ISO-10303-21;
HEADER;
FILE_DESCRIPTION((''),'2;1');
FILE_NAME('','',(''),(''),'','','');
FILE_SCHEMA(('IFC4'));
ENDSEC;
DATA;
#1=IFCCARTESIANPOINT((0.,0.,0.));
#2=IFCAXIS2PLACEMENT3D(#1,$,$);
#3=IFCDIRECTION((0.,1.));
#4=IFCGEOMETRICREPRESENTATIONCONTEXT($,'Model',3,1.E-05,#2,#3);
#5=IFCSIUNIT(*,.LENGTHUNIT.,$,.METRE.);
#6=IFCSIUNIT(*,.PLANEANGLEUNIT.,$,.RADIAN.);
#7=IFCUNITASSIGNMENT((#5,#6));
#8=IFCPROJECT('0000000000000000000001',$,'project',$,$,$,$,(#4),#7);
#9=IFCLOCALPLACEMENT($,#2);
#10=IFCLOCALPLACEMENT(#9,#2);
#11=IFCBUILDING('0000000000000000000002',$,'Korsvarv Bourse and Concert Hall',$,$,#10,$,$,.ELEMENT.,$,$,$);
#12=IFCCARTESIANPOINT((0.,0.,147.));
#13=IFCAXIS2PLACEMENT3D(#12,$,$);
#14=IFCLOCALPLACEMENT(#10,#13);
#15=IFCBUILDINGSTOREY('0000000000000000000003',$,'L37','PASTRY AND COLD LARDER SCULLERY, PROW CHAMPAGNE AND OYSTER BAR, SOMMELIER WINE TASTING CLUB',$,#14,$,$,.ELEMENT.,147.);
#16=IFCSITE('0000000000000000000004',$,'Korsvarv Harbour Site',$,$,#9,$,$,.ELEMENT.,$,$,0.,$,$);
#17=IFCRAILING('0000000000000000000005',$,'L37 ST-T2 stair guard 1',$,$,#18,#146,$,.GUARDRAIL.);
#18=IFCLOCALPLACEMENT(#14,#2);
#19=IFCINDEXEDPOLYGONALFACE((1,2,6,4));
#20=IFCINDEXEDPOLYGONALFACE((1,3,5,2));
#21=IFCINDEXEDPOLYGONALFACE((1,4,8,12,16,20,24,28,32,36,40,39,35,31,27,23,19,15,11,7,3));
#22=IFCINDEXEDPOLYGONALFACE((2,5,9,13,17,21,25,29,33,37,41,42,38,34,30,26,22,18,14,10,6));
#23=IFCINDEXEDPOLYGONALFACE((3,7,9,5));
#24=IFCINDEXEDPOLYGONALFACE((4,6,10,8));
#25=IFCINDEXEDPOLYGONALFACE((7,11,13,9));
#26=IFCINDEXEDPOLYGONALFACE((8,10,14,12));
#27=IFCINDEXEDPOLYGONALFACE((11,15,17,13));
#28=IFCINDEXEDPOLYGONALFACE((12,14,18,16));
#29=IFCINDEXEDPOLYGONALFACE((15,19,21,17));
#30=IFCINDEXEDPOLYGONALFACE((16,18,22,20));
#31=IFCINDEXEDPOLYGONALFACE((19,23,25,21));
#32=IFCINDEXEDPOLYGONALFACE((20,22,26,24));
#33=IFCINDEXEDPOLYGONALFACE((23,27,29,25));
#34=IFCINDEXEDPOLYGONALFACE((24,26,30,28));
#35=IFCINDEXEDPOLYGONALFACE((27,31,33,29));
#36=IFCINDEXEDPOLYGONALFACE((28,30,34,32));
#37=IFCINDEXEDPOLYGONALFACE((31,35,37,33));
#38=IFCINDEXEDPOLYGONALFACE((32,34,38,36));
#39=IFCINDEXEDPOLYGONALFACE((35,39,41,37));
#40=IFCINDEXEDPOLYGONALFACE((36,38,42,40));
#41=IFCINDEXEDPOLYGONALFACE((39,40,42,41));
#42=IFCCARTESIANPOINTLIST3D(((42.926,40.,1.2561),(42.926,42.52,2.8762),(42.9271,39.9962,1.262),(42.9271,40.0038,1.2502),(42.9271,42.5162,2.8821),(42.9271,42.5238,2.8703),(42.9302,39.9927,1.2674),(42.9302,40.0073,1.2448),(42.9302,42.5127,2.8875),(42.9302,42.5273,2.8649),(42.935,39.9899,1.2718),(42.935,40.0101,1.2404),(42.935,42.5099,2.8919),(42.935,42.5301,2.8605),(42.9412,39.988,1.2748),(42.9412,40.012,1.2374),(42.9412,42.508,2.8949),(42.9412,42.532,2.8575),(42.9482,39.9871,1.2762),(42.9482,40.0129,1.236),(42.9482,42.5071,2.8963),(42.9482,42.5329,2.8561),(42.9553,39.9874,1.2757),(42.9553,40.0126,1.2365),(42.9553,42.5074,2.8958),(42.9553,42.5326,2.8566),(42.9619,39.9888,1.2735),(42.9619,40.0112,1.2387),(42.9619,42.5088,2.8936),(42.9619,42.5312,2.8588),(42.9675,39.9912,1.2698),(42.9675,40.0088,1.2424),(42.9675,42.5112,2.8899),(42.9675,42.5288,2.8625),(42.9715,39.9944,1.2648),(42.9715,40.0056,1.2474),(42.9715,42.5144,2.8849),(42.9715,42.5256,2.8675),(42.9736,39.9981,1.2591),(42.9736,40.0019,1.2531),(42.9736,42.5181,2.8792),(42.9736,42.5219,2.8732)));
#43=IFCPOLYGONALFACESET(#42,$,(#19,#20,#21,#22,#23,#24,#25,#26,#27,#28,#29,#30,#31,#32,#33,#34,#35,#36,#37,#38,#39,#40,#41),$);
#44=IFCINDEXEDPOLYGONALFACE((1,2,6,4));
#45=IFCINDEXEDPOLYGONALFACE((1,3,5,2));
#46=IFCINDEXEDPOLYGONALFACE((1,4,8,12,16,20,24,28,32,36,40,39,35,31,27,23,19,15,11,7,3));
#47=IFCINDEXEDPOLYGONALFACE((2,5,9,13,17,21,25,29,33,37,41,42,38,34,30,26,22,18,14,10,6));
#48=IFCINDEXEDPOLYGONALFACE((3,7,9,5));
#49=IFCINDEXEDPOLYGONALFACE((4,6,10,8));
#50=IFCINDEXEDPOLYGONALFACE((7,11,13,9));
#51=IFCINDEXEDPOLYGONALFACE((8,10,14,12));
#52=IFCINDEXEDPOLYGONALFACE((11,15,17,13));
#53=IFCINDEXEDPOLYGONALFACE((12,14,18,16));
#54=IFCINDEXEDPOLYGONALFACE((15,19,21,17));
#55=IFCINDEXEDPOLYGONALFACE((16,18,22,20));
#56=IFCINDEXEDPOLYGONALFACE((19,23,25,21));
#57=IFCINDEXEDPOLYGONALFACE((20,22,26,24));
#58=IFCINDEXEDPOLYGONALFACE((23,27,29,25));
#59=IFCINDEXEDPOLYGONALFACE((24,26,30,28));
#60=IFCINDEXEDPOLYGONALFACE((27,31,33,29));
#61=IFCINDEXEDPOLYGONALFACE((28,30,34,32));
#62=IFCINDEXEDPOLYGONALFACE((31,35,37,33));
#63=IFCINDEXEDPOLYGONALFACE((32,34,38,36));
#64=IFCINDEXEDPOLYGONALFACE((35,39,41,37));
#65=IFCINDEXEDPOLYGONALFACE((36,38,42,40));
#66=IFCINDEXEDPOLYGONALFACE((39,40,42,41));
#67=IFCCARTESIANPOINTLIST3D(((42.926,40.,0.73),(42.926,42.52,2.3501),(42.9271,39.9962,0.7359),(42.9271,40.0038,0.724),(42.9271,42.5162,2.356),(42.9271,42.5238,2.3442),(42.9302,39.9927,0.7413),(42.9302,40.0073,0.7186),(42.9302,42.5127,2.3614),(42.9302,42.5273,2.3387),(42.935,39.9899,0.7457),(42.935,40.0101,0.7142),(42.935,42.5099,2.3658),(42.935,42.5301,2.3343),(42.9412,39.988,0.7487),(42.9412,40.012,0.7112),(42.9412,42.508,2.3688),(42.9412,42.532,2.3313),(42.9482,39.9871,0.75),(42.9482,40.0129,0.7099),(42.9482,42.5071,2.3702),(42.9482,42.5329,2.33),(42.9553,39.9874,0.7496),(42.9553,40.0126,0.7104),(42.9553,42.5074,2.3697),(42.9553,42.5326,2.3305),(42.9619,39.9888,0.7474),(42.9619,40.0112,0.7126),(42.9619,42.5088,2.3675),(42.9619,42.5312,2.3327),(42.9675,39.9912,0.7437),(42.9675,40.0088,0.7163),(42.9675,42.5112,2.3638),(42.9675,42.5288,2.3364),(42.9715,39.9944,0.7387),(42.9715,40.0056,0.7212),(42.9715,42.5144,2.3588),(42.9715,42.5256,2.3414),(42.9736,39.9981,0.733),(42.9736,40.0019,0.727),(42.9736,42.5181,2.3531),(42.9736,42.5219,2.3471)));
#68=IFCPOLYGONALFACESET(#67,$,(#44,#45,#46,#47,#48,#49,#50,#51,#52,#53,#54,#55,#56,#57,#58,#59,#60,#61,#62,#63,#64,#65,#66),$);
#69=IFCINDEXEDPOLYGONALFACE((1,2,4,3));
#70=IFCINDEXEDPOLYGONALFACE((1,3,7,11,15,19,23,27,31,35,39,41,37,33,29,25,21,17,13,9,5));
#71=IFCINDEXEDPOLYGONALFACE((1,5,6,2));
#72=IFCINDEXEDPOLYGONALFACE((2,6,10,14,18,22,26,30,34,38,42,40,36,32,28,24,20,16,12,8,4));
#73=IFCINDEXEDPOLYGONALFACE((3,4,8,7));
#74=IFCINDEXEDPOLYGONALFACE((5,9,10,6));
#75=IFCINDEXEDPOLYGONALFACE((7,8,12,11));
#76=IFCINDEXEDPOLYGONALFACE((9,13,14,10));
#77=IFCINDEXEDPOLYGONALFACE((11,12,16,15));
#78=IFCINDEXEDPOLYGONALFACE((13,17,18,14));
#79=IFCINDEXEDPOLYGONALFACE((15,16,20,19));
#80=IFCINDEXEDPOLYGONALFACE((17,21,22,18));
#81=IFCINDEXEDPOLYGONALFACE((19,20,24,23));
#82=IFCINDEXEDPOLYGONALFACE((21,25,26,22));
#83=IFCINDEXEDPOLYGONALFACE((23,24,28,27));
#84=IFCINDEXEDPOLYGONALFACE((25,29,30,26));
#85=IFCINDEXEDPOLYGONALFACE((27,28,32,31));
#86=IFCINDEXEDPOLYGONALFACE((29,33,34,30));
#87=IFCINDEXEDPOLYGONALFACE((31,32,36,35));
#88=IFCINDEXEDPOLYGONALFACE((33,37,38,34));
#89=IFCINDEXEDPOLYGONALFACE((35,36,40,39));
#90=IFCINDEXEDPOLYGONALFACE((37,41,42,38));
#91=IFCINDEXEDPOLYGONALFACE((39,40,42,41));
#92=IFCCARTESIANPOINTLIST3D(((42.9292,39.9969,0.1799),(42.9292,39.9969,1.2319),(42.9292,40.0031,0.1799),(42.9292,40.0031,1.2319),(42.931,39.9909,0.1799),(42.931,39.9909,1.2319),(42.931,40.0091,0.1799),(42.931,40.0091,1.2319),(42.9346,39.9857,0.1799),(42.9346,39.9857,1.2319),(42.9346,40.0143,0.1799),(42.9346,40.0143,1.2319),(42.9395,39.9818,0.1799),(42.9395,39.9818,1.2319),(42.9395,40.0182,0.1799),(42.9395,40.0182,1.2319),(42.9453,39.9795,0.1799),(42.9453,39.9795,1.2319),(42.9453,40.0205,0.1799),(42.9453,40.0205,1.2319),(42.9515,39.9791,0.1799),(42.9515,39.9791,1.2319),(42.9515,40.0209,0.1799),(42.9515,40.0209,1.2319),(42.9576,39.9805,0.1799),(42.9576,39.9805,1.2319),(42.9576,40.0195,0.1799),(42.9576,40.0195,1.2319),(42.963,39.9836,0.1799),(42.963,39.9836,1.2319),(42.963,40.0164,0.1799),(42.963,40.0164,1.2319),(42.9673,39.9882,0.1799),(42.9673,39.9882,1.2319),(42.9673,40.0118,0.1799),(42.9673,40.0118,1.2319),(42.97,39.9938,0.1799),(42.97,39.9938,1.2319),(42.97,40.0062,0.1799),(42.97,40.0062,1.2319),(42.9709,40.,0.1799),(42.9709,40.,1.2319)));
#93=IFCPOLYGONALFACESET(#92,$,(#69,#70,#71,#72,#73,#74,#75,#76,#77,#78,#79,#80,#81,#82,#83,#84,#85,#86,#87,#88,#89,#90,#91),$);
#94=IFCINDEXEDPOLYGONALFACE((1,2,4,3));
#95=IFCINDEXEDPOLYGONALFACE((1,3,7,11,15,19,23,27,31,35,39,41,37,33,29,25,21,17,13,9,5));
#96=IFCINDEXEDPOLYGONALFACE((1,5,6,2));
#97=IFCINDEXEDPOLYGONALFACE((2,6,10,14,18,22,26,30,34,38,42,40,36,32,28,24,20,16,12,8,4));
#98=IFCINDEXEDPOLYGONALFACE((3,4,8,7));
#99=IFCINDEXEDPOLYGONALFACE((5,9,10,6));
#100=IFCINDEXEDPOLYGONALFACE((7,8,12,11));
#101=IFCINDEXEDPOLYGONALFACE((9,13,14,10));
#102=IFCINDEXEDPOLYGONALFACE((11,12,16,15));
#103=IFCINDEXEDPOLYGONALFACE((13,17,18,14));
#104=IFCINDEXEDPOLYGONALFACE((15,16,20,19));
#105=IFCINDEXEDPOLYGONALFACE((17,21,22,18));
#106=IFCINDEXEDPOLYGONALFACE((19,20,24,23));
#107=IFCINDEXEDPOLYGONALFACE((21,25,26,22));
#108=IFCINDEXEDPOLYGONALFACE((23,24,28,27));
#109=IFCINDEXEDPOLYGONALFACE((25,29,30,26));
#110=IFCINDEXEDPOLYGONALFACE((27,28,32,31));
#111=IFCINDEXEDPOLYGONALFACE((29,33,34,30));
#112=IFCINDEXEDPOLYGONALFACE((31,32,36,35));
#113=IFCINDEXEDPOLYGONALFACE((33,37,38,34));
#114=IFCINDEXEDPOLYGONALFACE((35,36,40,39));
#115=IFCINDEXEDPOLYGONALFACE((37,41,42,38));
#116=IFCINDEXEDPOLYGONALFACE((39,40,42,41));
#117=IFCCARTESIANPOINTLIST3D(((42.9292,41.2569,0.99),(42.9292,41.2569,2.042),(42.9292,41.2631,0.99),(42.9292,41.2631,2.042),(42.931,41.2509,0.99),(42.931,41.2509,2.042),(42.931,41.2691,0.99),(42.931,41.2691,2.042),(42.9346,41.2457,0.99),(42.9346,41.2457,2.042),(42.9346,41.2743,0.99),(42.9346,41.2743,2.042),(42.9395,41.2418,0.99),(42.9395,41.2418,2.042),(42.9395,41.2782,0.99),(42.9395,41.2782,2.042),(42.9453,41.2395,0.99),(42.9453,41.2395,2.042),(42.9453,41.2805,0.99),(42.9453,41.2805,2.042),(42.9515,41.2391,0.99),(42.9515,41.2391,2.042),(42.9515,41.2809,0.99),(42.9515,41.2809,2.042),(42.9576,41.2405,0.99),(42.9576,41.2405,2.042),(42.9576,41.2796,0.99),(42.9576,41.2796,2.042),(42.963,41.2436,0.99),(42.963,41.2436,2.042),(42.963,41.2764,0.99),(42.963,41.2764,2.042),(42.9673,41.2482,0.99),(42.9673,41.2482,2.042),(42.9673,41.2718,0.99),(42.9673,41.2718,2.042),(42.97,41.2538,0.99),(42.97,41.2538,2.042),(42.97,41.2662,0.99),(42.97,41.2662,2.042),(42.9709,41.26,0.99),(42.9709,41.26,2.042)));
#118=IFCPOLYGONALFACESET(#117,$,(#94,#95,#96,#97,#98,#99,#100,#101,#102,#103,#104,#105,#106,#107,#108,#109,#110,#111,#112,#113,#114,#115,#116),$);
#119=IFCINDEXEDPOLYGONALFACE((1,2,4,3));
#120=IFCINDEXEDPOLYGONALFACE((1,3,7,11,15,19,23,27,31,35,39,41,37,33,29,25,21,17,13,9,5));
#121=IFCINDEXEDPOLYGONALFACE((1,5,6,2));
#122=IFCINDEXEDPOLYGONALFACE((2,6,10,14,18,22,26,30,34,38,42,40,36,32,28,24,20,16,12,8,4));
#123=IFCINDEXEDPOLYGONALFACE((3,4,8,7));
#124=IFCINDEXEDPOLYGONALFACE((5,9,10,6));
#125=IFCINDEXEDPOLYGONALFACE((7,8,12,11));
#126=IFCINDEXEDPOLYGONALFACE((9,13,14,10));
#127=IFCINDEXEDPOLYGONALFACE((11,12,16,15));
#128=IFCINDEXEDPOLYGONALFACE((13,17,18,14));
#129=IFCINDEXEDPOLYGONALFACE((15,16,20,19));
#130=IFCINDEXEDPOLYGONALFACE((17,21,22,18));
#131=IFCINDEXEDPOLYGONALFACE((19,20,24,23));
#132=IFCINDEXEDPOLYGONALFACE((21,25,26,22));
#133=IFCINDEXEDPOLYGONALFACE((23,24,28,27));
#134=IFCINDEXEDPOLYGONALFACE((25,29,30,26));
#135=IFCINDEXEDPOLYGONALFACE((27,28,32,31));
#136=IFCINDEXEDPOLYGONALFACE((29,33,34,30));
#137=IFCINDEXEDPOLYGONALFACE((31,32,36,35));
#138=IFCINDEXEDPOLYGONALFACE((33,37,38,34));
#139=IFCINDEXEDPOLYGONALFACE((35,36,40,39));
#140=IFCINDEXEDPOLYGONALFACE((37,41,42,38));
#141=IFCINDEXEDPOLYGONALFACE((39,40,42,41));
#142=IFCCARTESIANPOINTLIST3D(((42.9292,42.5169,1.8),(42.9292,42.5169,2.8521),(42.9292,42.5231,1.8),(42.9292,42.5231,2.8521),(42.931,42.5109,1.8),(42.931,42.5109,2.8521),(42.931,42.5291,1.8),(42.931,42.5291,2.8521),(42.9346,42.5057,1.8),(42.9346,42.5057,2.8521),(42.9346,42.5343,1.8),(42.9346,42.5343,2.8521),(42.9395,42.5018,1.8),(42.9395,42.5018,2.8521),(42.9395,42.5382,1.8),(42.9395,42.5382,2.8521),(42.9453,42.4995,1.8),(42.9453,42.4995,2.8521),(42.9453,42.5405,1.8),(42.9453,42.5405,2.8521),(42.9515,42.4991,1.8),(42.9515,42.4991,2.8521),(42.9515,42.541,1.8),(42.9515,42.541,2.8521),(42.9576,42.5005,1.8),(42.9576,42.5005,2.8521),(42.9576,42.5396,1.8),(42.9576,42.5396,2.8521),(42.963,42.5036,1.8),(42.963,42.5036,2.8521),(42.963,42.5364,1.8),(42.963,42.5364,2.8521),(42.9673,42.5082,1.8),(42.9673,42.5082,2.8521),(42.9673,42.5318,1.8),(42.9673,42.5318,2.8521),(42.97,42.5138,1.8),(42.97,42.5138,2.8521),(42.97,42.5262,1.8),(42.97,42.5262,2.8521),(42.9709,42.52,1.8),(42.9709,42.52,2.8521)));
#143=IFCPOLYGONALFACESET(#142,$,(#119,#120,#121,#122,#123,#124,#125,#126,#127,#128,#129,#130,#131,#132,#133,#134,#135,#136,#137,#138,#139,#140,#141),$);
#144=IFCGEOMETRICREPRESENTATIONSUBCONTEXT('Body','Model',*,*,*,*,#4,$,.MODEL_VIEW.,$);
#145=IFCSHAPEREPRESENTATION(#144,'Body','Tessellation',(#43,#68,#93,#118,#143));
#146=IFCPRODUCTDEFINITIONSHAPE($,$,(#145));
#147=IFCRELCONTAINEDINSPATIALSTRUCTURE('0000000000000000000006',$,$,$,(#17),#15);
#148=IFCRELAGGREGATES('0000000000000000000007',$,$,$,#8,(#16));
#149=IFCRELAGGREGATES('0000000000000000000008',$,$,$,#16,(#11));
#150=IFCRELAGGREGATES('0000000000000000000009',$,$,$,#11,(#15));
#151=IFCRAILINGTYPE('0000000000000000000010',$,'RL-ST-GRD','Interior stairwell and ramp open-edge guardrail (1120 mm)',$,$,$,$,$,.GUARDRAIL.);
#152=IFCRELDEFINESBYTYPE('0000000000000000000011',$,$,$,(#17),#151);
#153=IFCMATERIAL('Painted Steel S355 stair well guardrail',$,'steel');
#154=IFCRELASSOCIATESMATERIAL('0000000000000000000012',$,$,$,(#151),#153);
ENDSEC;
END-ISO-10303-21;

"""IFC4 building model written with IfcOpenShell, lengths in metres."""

from ifc_helpers import new_model, si_unit, direction, frame, origin, origin_2d, place, context, subcontext, project, spatial, circle, extrude, material, type_object, element, save


model = new_model("IFC4")

# Units and contexts
model_context = context("Model", 3, precision=1e-05, world=origin(), true_north=direction((0.0, 1.0)))
body_context = subcontext(model_context, "Body", "Model", "MODEL_VIEW")
ifc_project = project(units=[si_unit("LENGTHUNIT", "METRE"), si_unit("PLANEANGLEUNIT", "RADIAN")], contexts=[model_context])

# Site, building, storey
site_placement = place(None, origin())
site = spatial("IfcSite", under=ifc_project, at=site_placement, Name="Korsvarv Harbour Site", CompositionType="ELEMENT", RefElevation=0.0)
building_placement = place(site_placement, origin())
building = spatial("IfcBuilding", under=site, at=building_placement, Name="Korsvarv Bourse and Concert Hall", CompositionType="ELEMENT")
storey_placement = place(building_placement, frame((0.0, 0.0, 147.0)))
storey = spatial("IfcBuildingStorey", under=building, at=storey_placement, Name="L37", Description="PASTRY AND COLD LARDER SCULLERY, PROW CHAMPAGNE AND OYSTER BAR, SOMMELIER WINE TASTING CLUB", CompositionType="ELEMENT", Elevation=147.0)

# Railing
ifc_material_1 = material(Name="Painted Steel S355 stair well guardrail", Category="steel")
railing_type_1 = type_object("IfcRailingType", Name="RL-ST-GRD", Description="Interior stairwell and ramp open-edge guardrail (1120 mm)", PredefinedType="GUARDRAIL", material=ifc_material_1)
railing_1_placement = place(storey_placement, frame((42.95, 40.0, 0.1799)))
element("IfcRailing", 1, at=railing_1_placement, inside=storey, type_object=railing_type_1, Name="L37 ST-T2 stair guard 1", PredefinedType="GUARDRAIL", context=body_context, shape_type="SweptSolid", body=[
    extrude(circle(Radius=0.0239, at=origin_2d()), frame((0.0, 0.0, 1.0762), z_axis=(0.0, 0.841163, 0.540782), x_axis=(-1.0, 0.0, 0.0)), (0.0, 0.0, 1.0), 2.9958),
    extrude(circle(Radius=0.0239, at=origin_2d()), frame((0.0, 0.0, 0.55), z_axis=(0.0, 0.841163, 0.540782), x_axis=(-1.0, 0.0, 0.0)), (0.0, 0.0, 1.0), 2.9958),
    extrude(circle(Radius=0.021, at=origin_2d()), origin(), (0.0, 0.0, 1.0), 1.052),
    extrude(circle(Radius=0.021, at=origin_2d()), frame((0.0, 1.26, 0.8101)), (0.0, 0.0, 1.0), 1.052),
    extrude(circle(Radius=0.021, at=origin_2d()), frame((0.0, 2.52, 1.6201)), (0.0, 0.0, 1.0), 1.052),
])

save(model, "model.ifc")
